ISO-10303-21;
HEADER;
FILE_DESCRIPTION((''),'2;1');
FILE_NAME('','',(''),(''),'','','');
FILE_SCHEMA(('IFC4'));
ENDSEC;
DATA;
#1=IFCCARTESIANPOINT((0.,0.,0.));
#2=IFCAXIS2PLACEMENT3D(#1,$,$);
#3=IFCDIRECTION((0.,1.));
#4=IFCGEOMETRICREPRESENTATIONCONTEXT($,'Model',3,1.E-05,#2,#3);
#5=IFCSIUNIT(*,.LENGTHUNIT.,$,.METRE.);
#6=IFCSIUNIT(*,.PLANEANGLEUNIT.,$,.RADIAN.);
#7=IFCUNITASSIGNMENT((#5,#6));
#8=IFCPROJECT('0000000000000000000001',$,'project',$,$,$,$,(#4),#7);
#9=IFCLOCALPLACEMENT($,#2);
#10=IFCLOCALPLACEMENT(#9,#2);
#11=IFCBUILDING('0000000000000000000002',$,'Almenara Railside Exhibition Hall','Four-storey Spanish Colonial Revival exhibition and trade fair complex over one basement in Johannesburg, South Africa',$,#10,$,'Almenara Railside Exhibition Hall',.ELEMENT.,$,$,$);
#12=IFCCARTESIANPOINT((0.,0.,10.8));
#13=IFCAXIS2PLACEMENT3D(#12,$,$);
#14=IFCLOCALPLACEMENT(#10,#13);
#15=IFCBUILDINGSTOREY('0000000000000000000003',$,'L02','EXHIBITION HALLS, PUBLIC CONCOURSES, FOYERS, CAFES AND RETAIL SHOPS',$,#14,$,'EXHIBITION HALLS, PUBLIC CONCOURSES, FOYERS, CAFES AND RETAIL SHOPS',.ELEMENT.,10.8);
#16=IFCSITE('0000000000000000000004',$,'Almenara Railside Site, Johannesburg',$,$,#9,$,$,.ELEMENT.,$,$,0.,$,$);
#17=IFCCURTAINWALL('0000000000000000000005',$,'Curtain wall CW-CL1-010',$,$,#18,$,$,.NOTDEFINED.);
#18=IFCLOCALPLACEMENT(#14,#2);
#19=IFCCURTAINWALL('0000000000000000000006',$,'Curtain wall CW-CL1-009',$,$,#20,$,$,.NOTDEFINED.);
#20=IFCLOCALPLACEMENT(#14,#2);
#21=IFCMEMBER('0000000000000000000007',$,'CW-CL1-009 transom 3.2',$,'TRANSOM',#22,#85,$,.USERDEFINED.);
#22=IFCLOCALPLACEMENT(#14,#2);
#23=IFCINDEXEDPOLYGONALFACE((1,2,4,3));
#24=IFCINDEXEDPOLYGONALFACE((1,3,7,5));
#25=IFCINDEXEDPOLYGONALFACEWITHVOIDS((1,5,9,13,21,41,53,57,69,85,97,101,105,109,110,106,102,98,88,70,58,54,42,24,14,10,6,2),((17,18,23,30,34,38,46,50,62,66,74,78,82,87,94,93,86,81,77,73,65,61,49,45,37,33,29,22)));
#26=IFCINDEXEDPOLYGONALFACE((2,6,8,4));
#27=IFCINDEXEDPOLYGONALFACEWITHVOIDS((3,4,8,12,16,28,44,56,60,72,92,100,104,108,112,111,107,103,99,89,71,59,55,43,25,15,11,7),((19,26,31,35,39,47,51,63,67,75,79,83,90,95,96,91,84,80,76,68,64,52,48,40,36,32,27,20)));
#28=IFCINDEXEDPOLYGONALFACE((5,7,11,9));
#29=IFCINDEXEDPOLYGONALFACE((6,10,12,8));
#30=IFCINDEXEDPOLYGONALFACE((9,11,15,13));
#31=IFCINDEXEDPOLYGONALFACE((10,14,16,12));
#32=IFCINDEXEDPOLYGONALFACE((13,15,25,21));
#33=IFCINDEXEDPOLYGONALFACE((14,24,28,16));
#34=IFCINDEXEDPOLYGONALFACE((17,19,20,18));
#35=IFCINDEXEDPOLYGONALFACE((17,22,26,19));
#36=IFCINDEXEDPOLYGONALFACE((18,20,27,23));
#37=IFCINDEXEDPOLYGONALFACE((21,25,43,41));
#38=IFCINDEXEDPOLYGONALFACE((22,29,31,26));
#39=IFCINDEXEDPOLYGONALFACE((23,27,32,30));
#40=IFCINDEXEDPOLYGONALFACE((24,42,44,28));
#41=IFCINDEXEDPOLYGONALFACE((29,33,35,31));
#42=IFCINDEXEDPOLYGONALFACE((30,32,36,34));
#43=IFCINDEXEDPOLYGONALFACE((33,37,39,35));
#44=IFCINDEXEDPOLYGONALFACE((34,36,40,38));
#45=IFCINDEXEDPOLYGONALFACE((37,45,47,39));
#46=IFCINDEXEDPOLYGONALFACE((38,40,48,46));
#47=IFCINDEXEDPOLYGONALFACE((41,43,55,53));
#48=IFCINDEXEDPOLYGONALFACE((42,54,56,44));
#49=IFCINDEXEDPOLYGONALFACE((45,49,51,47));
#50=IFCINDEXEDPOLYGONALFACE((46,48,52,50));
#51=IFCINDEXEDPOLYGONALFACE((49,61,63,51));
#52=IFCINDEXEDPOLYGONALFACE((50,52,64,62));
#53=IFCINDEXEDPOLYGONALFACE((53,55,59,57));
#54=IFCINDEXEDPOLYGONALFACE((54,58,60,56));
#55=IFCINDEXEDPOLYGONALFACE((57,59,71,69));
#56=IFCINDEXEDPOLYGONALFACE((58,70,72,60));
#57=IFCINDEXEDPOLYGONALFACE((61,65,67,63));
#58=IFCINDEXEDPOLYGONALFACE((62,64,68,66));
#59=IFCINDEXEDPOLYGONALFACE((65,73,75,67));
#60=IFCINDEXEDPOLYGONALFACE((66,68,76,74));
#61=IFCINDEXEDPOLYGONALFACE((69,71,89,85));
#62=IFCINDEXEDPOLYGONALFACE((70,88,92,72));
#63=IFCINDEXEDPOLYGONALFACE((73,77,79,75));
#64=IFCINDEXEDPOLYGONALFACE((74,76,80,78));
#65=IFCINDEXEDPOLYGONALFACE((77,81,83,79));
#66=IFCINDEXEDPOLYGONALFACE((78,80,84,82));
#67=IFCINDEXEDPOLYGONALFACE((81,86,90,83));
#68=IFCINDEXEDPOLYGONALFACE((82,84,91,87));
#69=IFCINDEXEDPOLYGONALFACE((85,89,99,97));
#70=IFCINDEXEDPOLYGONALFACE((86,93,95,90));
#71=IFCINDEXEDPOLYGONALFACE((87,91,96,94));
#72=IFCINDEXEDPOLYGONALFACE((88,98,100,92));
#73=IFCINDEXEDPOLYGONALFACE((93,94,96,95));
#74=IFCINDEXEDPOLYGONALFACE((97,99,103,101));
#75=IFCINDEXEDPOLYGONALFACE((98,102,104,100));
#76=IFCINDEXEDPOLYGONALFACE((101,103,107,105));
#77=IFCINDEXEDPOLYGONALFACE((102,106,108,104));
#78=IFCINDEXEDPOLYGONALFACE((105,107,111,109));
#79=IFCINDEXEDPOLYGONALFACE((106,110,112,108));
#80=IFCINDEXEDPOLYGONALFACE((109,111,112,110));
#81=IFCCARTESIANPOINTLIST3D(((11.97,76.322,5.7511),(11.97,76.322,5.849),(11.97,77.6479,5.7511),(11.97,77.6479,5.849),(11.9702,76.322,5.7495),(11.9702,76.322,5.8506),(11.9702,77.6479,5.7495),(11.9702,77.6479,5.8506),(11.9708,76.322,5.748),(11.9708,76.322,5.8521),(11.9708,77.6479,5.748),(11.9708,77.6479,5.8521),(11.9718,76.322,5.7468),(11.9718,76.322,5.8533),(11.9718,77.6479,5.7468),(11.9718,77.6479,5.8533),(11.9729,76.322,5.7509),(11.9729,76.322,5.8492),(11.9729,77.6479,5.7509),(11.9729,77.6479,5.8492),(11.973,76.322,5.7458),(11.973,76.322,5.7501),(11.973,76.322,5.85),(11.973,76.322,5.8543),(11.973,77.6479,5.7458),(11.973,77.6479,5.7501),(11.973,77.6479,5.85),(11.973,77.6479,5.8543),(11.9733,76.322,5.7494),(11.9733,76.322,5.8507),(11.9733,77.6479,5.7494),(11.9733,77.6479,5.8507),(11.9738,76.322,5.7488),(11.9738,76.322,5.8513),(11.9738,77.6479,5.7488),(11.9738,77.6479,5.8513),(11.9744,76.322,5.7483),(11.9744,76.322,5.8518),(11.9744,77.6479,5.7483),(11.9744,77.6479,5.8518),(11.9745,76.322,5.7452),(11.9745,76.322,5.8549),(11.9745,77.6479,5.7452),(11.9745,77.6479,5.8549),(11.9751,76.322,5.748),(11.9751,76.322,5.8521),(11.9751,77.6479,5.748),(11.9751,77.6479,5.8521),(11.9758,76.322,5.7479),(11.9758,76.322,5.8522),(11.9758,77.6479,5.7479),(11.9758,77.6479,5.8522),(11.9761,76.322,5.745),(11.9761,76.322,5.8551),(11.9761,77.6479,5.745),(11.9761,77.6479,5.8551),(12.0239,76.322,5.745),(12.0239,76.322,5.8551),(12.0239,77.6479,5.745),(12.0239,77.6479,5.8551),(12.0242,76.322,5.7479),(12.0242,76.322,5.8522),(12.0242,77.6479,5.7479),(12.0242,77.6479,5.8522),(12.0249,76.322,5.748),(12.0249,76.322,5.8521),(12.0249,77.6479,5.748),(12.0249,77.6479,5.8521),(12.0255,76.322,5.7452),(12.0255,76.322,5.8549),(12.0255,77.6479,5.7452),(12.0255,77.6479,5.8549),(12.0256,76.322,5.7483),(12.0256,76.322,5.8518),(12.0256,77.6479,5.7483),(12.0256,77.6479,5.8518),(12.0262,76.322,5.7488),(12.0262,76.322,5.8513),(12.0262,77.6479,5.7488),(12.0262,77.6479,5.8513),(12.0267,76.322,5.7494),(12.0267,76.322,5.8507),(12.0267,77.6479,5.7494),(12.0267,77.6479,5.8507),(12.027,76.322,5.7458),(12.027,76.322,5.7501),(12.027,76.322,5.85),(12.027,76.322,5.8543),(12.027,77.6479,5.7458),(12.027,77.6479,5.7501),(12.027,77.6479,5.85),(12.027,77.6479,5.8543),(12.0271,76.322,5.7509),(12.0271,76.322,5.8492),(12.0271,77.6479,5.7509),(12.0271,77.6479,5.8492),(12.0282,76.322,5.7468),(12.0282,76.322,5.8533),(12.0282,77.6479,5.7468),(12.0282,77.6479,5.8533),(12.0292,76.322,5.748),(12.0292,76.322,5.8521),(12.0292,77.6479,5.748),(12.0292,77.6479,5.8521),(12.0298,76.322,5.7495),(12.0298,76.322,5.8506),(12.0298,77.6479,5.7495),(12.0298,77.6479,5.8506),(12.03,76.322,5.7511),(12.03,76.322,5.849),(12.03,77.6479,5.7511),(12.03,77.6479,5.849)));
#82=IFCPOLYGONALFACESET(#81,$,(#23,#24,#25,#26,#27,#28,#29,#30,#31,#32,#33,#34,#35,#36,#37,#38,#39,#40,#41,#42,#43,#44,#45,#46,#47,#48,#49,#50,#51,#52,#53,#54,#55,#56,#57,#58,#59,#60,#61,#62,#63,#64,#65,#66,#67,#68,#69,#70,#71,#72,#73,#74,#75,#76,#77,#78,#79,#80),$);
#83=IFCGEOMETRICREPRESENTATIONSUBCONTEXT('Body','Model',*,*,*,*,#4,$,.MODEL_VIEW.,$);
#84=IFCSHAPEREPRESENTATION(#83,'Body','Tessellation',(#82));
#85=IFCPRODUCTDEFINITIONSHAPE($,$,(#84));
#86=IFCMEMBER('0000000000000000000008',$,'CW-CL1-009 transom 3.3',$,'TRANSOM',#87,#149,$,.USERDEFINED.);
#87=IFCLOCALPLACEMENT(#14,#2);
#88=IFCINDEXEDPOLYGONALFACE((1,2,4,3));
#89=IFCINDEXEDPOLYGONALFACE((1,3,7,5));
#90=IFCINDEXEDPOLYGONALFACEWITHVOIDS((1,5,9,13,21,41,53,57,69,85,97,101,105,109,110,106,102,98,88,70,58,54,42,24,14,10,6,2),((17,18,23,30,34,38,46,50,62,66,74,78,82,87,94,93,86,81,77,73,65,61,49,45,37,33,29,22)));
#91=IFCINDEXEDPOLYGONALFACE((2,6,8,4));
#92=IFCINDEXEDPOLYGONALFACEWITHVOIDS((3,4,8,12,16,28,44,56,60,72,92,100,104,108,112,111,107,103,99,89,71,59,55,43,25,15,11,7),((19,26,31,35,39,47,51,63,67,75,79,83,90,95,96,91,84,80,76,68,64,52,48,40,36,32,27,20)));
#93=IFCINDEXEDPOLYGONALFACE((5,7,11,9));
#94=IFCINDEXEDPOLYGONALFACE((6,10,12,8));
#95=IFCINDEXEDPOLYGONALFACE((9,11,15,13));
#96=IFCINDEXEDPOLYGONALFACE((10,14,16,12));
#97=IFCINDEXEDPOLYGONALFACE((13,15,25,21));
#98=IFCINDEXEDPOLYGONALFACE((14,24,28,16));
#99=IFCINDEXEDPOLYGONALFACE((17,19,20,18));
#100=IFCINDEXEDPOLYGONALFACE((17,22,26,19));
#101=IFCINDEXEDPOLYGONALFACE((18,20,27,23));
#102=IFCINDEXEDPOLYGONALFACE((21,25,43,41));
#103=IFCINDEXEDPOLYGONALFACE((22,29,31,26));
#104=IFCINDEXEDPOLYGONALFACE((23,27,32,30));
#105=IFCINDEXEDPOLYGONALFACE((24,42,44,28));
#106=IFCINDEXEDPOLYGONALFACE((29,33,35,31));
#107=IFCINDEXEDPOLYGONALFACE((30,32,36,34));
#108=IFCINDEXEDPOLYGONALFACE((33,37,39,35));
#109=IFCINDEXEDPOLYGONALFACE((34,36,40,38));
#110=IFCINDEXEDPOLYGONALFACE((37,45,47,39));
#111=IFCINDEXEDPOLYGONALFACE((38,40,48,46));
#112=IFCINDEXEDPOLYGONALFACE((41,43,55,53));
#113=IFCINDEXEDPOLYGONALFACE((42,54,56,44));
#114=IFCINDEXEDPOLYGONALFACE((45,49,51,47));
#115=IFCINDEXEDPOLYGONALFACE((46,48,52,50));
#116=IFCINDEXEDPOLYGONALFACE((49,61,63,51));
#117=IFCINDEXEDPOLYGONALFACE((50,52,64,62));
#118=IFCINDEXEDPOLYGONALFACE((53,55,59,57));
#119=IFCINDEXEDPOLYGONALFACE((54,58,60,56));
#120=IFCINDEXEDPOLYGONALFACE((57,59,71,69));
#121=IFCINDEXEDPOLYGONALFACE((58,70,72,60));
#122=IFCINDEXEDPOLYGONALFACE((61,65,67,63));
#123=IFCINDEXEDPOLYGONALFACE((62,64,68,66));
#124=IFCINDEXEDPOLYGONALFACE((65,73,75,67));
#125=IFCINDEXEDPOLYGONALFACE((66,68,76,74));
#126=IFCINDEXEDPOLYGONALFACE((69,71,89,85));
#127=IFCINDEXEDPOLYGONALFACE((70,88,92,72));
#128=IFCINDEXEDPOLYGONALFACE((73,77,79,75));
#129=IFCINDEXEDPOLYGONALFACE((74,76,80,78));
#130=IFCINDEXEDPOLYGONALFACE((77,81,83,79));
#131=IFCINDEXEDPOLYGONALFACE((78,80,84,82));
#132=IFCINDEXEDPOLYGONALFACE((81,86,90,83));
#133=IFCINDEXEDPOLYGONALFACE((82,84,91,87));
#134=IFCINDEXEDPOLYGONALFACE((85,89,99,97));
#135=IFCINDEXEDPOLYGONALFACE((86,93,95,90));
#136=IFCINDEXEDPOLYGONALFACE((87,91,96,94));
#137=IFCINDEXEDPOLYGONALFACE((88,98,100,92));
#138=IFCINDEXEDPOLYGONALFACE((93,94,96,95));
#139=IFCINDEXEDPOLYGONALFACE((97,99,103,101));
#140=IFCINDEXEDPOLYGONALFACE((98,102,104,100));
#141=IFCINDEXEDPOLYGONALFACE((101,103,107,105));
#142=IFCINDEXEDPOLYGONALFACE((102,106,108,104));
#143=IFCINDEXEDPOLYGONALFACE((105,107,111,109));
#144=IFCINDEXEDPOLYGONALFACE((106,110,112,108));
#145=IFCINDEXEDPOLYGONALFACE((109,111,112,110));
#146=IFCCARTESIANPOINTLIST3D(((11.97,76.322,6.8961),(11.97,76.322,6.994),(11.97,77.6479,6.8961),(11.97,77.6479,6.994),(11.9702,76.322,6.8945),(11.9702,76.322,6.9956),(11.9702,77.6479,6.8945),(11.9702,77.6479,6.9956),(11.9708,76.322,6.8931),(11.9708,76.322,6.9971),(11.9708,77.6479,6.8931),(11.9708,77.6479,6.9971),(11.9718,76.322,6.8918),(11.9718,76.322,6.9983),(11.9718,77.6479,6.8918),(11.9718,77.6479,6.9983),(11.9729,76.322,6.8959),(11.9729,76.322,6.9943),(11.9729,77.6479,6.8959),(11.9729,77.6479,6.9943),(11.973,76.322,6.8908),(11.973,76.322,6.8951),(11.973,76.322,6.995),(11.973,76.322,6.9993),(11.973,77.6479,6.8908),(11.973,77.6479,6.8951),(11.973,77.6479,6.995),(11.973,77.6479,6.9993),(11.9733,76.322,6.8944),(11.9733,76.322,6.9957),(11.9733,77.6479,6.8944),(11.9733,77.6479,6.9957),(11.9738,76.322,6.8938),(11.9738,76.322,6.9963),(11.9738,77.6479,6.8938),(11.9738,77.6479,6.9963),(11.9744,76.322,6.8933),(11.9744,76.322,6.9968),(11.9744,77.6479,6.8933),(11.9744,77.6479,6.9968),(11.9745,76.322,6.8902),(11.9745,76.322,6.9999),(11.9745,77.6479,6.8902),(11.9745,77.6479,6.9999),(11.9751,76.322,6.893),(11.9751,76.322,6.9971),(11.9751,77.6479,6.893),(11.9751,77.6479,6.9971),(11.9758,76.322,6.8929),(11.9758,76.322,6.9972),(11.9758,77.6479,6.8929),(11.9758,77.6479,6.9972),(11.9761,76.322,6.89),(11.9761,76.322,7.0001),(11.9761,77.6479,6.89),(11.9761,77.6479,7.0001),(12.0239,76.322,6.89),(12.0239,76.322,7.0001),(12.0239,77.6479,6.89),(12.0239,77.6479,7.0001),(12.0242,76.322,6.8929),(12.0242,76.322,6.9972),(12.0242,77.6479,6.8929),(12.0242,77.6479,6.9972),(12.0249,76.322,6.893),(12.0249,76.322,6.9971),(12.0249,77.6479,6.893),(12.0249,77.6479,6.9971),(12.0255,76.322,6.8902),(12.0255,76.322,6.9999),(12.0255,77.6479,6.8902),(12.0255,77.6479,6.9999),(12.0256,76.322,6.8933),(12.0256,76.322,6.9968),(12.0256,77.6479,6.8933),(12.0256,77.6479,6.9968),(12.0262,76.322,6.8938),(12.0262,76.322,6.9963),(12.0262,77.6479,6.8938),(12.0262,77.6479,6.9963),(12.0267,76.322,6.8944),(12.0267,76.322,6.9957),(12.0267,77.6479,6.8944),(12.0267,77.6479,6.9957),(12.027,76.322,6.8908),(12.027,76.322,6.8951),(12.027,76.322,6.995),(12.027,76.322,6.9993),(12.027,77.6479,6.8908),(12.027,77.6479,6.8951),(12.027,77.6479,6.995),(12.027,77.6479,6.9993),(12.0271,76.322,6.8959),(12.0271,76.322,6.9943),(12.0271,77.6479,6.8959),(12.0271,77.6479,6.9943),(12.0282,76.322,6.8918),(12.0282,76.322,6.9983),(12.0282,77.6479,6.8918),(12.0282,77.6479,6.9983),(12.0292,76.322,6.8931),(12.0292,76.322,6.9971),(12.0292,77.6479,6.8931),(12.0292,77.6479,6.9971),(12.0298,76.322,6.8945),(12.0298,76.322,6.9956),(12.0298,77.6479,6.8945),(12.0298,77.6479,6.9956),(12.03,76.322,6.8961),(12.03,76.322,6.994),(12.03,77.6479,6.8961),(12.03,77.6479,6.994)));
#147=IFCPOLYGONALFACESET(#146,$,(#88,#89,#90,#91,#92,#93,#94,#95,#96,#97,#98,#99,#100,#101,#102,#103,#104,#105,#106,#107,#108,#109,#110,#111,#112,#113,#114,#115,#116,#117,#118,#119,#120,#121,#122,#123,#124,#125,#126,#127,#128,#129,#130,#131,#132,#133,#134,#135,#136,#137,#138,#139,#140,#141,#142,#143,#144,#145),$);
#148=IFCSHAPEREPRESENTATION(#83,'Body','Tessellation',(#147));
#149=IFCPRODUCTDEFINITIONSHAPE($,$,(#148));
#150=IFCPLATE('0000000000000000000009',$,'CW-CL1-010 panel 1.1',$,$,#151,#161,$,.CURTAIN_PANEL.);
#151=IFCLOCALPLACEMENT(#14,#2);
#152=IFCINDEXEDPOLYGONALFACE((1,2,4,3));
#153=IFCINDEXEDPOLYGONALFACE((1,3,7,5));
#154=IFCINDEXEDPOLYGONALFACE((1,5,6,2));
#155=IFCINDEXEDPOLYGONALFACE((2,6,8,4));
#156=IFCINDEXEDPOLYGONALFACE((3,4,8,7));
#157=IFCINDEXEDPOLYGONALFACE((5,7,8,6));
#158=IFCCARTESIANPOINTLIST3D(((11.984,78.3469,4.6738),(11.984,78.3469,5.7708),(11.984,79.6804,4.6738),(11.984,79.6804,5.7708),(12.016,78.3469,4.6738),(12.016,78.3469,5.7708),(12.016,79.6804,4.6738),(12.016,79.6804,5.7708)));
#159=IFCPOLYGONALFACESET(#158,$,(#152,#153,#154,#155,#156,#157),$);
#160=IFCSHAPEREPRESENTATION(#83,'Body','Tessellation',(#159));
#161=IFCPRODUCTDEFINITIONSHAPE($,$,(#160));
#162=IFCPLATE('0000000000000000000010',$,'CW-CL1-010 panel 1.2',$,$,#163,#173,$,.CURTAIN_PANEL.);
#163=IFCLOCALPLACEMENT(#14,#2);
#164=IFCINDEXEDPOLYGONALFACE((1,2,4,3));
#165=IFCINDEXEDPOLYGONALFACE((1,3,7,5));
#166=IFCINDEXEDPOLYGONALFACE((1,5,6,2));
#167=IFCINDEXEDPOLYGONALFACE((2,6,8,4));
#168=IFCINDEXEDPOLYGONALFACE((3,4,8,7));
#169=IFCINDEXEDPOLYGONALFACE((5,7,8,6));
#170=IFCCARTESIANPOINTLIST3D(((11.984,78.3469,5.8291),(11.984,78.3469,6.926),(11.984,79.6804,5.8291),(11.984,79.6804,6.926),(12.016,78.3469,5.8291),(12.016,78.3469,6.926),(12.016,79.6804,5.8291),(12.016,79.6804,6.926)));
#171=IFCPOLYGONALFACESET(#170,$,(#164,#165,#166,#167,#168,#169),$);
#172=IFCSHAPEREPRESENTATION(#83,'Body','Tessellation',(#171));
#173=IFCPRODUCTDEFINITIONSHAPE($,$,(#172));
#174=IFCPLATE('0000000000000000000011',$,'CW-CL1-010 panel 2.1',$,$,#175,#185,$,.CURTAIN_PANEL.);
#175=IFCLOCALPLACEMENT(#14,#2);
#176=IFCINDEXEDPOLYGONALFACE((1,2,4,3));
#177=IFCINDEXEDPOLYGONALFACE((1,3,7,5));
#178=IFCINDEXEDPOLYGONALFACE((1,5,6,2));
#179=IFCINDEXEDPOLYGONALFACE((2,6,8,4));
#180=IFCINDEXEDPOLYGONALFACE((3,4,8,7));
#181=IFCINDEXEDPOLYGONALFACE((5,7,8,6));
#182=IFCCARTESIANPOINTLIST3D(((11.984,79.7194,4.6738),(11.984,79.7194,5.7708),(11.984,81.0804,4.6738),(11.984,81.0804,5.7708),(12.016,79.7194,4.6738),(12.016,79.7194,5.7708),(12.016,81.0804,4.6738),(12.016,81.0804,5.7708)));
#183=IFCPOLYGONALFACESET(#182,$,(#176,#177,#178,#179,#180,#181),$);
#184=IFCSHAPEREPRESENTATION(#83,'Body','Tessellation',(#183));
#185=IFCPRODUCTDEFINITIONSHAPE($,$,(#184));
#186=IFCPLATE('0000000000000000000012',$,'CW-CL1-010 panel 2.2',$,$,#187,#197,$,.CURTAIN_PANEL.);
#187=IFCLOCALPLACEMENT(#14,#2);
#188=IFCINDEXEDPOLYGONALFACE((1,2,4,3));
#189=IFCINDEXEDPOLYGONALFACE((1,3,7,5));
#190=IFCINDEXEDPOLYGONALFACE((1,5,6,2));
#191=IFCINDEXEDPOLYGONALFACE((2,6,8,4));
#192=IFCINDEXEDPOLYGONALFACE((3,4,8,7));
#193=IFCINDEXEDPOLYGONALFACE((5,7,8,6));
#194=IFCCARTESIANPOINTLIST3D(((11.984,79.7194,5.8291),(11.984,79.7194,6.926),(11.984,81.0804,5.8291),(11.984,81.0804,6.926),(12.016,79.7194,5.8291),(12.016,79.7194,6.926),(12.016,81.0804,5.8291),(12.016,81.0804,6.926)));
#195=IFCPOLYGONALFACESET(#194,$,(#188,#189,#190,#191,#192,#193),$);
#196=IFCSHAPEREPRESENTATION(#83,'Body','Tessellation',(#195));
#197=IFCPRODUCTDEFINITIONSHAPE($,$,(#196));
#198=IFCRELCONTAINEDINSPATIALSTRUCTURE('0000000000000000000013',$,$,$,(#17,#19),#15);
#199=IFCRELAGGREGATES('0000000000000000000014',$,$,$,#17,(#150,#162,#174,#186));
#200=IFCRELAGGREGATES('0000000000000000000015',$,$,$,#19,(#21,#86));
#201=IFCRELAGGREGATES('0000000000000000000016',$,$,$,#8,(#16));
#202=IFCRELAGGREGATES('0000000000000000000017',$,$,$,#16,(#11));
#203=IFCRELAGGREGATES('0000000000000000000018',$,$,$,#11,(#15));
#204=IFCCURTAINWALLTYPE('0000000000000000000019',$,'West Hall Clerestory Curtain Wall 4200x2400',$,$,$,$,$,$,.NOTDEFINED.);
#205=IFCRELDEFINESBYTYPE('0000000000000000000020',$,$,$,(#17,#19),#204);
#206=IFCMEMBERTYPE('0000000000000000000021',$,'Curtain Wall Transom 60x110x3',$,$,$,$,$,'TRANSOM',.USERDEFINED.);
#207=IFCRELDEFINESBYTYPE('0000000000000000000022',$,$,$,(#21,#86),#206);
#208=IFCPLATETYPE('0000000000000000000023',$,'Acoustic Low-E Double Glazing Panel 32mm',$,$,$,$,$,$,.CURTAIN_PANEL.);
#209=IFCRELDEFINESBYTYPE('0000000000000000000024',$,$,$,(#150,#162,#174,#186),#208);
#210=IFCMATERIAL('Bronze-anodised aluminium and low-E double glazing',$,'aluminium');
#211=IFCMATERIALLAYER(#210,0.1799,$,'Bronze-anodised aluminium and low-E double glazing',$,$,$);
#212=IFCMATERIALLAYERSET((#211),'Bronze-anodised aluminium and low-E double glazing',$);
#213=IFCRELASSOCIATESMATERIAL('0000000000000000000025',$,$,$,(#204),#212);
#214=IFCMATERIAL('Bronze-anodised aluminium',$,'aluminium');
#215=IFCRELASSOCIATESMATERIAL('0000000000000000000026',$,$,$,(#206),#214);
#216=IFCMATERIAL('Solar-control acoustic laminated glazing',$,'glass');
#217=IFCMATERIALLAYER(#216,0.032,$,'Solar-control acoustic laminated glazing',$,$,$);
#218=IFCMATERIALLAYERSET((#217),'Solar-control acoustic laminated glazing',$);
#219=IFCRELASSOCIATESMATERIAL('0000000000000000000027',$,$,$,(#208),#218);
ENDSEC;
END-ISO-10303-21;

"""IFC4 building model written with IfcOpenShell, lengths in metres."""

from ifc_helpers import new_model, si_unit, direction, frame, origin, origin_2d, place, context, subcontext, project, spatial, rectangle, hollow_rectangle, extrude, material, layer, layer_set, material_profile, profile_set, type_object, element, aggregate, save


model = new_model("IFC4")

# Units and contexts
model_context = context("Model", 3, precision=1e-05, world=origin(), true_north=direction((0.0, 1.0)))
body_context = subcontext(model_context, "Body", "Model", "MODEL_VIEW")
ifc_project = project(units=[si_unit("LENGTHUNIT", "METRE"), si_unit("PLANEANGLEUNIT", "RADIAN")], contexts=[model_context])

# Site, building, storey
site_placement = place(None, origin())
site = spatial("IfcSite", under=ifc_project, at=site_placement, Name="Almenara Railside Site, Johannesburg", CompositionType="ELEMENT", RefElevation=0.0)
building_placement = place(site_placement, origin())
building = spatial("IfcBuilding", under=site, at=building_placement, Name="Almenara Railside Exhibition Hall", Description="Four-storey Spanish Colonial Revival exhibition and trade fair complex over one basement in Johannesburg, South Africa", LongName="Almenara Railside Exhibition Hall", CompositionType="ELEMENT")
storey_placement = place(building_placement, frame((0.0, 0.0, 10.8)))
storey = spatial("IfcBuildingStorey", under=building, at=storey_placement, Name="L02", Description="EXHIBITION HALLS, PUBLIC CONCOURSES, FOYERS, CAFES AND RETAIL SHOPS", LongName="EXHIBITION HALLS, PUBLIC CONCOURSES, FOYERS, CAFES AND RETAIL SHOPS", CompositionType="ELEMENT", Elevation=10.8)

# Curtain wall
ifc_material_1 = material(Name="Bronze-anodised aluminium and low-E double glazing", Category="aluminium")
ifc_layer_1 = layer(ifc_material_1, 0.1799, Name="Bronze-anodised aluminium and low-E double glazing")
ifc_layer_set_1 = layer_set([ifc_layer_1], Name="Bronze-anodised aluminium and low-E double glazing")
curtain_wall_type = type_object("IfcCurtainWallType", Name="West Hall Clerestory Curtain Wall 4200x2400", PredefinedType="NOTDEFINED", material=ifc_layer_set_1)
curtain_wall_1_placement = place(storey_placement, origin())
curtain_wall_1 = element("IfcCurtainWall", 1, at=curtain_wall_1_placement, inside=storey, type_object=curtain_wall_type, Name="Curtain wall CW-CL1-010", PredefinedType="NOTDEFINED")
ifc_material_2 = material(Name="Bronze-anodised aluminium", Category="aluminium")

# Curtain wall
curtain_wall_2_placement = place(storey_placement, origin())
curtain_wall_2 = element("IfcCurtainWall", 2, at=curtain_wall_2_placement, inside=storey, type_object=curtain_wall_type, Name="Curtain wall CW-CL1-009", PredefinedType="NOTDEFINED")

# Members
ifc_material_profile_1 = material_profile(ifc_material_2, hollow_rectangle(XDim=0.0601, YDim=0.1101, WallThickness=0.0029, InnerFilletRadius=0.0029, OuterFilletRadius=0.0061, at=origin_2d()), Name="ALU-TRN 60x110x3")
ifc_profile_set_1 = profile_set([ifc_material_profile_1], Name="Bronze-anodised aluminium")
member_type_1 = type_object("IfcMemberType", Name="Curtain Wall Transom 60x110x3", ElementType="TRANSOM", PredefinedType="USERDEFINED", material=ifc_profile_set_1)
member_1_placement = place(storey_placement, frame((12.0, 76.322, 5.8), z_axis=(0.0, 1.0, 0.0), x_axis=(-1.0, 0.0, 0.0)))
member_1 = element("IfcMember", 3, at=member_1_placement, type_object=member_type_1, Name="CW-CL1-009 transom 3.2", ObjectType="TRANSOM", PredefinedType="USERDEFINED", context=body_context, shape_type="SweptSolid", body=[
    extrude(hollow_rectangle(XDim=0.0601, YDim=0.1101, WallThickness=0.0029, InnerFilletRadius=0.0029, OuterFilletRadius=0.0061, at=origin_2d()), origin(), (0.0, 0.0, 1.0), 1.3259),
])
member_2_placement = place(storey_placement, frame((12.0, 76.322, 6.9451), z_axis=(0.0, 1.0, 0.0), x_axis=(-1.0, 0.0, 0.0)))
member_2 = element("IfcMember", 4, at=member_2_placement, type_object=member_type_1, Name="CW-CL1-009 transom 3.3", ObjectType="TRANSOM", PredefinedType="USERDEFINED", context=body_context, shape_type="SweptSolid", body=[
    extrude(hollow_rectangle(XDim=0.0601, YDim=0.1101, WallThickness=0.0029, InnerFilletRadius=0.0029, OuterFilletRadius=0.0061, at=origin_2d()), origin(), (0.0, 0.0, 1.0), 1.3259),
])

# Plates
ifc_material_3 = material(Name="Solar-control acoustic laminated glazing", Category="glass")
ifc_layer_2 = layer(ifc_material_3, 0.032, Name="Solar-control acoustic laminated glazing")
ifc_layer_set_2 = layer_set([ifc_layer_2], Name="Solar-control acoustic laminated glazing")
plate_type_1 = type_object("IfcPlateType", Name="Acoustic Low-E Double Glazing Panel 32mm", PredefinedType="CURTAIN_PANEL", material=ifc_layer_set_2)
plate_1_placement = place(storey_placement, frame((12.0, 79.0137, 4.6738), z_axis=(0.0, 0.0, 1.0), x_axis=(0.0, 1.0, 0.0)))
plate_1 = element("IfcPlate", 5, at=plate_1_placement, type_object=plate_type_1, Name="CW-CL1-010 panel 1.1", PredefinedType="CURTAIN_PANEL", context=body_context, shape_type="SweptSolid", body=[
    extrude(rectangle(XDim=1.3335, YDim=0.032, at=origin_2d()), origin(), (0.0, 0.0, 1.0), 1.0969),
])
plate_2_placement = place(storey_placement, frame((12.0, 79.0137, 5.8291), z_axis=(0.0, 0.0, 1.0), x_axis=(0.0, 1.0, 0.0)))
plate_2 = element("IfcPlate", 6, at=plate_2_placement, type_object=plate_type_1, Name="CW-CL1-010 panel 1.2", PredefinedType="CURTAIN_PANEL", context=body_context, shape_type="SweptSolid", body=[
    extrude(rectangle(XDim=1.3335, YDim=0.032, at=origin_2d()), origin(), (0.0, 0.0, 1.0), 1.0969),
])
plate_3_placement = place(storey_placement, frame((12.0, 80.3999, 4.6738), z_axis=(0.0, 0.0, 1.0), x_axis=(0.0, 1.0, 0.0)))
plate_3 = element("IfcPlate", 7, at=plate_3_placement, type_object=plate_type_1, Name="CW-CL1-010 panel 2.1", PredefinedType="CURTAIN_PANEL", context=body_context, shape_type="SweptSolid", body=[
    extrude(rectangle(XDim=1.3611, YDim=0.032, at=origin_2d()), origin(), (0.0, 0.0, 1.0), 1.0969),
])
plate_4_placement = place(storey_placement, frame((12.0, 80.3999, 5.8291), z_axis=(0.0, 0.0, 1.0), x_axis=(0.0, 1.0, 0.0)))
plate_4 = element("IfcPlate", 8, at=plate_4_placement, type_object=plate_type_1, Name="CW-CL1-010 panel 2.2", PredefinedType="CURTAIN_PANEL", context=body_context, shape_type="SweptSolid", body=[
    extrude(rectangle(XDim=1.3611, YDim=0.032, at=origin_2d()), origin(), (0.0, 0.0, 1.0), 1.0969),
])
aggregate(curtain_wall_1, [plate_1, plate_2, plate_3, plate_4])
aggregate(curtain_wall_2, [member_1, member_2])

save(model, "model.ifc")
